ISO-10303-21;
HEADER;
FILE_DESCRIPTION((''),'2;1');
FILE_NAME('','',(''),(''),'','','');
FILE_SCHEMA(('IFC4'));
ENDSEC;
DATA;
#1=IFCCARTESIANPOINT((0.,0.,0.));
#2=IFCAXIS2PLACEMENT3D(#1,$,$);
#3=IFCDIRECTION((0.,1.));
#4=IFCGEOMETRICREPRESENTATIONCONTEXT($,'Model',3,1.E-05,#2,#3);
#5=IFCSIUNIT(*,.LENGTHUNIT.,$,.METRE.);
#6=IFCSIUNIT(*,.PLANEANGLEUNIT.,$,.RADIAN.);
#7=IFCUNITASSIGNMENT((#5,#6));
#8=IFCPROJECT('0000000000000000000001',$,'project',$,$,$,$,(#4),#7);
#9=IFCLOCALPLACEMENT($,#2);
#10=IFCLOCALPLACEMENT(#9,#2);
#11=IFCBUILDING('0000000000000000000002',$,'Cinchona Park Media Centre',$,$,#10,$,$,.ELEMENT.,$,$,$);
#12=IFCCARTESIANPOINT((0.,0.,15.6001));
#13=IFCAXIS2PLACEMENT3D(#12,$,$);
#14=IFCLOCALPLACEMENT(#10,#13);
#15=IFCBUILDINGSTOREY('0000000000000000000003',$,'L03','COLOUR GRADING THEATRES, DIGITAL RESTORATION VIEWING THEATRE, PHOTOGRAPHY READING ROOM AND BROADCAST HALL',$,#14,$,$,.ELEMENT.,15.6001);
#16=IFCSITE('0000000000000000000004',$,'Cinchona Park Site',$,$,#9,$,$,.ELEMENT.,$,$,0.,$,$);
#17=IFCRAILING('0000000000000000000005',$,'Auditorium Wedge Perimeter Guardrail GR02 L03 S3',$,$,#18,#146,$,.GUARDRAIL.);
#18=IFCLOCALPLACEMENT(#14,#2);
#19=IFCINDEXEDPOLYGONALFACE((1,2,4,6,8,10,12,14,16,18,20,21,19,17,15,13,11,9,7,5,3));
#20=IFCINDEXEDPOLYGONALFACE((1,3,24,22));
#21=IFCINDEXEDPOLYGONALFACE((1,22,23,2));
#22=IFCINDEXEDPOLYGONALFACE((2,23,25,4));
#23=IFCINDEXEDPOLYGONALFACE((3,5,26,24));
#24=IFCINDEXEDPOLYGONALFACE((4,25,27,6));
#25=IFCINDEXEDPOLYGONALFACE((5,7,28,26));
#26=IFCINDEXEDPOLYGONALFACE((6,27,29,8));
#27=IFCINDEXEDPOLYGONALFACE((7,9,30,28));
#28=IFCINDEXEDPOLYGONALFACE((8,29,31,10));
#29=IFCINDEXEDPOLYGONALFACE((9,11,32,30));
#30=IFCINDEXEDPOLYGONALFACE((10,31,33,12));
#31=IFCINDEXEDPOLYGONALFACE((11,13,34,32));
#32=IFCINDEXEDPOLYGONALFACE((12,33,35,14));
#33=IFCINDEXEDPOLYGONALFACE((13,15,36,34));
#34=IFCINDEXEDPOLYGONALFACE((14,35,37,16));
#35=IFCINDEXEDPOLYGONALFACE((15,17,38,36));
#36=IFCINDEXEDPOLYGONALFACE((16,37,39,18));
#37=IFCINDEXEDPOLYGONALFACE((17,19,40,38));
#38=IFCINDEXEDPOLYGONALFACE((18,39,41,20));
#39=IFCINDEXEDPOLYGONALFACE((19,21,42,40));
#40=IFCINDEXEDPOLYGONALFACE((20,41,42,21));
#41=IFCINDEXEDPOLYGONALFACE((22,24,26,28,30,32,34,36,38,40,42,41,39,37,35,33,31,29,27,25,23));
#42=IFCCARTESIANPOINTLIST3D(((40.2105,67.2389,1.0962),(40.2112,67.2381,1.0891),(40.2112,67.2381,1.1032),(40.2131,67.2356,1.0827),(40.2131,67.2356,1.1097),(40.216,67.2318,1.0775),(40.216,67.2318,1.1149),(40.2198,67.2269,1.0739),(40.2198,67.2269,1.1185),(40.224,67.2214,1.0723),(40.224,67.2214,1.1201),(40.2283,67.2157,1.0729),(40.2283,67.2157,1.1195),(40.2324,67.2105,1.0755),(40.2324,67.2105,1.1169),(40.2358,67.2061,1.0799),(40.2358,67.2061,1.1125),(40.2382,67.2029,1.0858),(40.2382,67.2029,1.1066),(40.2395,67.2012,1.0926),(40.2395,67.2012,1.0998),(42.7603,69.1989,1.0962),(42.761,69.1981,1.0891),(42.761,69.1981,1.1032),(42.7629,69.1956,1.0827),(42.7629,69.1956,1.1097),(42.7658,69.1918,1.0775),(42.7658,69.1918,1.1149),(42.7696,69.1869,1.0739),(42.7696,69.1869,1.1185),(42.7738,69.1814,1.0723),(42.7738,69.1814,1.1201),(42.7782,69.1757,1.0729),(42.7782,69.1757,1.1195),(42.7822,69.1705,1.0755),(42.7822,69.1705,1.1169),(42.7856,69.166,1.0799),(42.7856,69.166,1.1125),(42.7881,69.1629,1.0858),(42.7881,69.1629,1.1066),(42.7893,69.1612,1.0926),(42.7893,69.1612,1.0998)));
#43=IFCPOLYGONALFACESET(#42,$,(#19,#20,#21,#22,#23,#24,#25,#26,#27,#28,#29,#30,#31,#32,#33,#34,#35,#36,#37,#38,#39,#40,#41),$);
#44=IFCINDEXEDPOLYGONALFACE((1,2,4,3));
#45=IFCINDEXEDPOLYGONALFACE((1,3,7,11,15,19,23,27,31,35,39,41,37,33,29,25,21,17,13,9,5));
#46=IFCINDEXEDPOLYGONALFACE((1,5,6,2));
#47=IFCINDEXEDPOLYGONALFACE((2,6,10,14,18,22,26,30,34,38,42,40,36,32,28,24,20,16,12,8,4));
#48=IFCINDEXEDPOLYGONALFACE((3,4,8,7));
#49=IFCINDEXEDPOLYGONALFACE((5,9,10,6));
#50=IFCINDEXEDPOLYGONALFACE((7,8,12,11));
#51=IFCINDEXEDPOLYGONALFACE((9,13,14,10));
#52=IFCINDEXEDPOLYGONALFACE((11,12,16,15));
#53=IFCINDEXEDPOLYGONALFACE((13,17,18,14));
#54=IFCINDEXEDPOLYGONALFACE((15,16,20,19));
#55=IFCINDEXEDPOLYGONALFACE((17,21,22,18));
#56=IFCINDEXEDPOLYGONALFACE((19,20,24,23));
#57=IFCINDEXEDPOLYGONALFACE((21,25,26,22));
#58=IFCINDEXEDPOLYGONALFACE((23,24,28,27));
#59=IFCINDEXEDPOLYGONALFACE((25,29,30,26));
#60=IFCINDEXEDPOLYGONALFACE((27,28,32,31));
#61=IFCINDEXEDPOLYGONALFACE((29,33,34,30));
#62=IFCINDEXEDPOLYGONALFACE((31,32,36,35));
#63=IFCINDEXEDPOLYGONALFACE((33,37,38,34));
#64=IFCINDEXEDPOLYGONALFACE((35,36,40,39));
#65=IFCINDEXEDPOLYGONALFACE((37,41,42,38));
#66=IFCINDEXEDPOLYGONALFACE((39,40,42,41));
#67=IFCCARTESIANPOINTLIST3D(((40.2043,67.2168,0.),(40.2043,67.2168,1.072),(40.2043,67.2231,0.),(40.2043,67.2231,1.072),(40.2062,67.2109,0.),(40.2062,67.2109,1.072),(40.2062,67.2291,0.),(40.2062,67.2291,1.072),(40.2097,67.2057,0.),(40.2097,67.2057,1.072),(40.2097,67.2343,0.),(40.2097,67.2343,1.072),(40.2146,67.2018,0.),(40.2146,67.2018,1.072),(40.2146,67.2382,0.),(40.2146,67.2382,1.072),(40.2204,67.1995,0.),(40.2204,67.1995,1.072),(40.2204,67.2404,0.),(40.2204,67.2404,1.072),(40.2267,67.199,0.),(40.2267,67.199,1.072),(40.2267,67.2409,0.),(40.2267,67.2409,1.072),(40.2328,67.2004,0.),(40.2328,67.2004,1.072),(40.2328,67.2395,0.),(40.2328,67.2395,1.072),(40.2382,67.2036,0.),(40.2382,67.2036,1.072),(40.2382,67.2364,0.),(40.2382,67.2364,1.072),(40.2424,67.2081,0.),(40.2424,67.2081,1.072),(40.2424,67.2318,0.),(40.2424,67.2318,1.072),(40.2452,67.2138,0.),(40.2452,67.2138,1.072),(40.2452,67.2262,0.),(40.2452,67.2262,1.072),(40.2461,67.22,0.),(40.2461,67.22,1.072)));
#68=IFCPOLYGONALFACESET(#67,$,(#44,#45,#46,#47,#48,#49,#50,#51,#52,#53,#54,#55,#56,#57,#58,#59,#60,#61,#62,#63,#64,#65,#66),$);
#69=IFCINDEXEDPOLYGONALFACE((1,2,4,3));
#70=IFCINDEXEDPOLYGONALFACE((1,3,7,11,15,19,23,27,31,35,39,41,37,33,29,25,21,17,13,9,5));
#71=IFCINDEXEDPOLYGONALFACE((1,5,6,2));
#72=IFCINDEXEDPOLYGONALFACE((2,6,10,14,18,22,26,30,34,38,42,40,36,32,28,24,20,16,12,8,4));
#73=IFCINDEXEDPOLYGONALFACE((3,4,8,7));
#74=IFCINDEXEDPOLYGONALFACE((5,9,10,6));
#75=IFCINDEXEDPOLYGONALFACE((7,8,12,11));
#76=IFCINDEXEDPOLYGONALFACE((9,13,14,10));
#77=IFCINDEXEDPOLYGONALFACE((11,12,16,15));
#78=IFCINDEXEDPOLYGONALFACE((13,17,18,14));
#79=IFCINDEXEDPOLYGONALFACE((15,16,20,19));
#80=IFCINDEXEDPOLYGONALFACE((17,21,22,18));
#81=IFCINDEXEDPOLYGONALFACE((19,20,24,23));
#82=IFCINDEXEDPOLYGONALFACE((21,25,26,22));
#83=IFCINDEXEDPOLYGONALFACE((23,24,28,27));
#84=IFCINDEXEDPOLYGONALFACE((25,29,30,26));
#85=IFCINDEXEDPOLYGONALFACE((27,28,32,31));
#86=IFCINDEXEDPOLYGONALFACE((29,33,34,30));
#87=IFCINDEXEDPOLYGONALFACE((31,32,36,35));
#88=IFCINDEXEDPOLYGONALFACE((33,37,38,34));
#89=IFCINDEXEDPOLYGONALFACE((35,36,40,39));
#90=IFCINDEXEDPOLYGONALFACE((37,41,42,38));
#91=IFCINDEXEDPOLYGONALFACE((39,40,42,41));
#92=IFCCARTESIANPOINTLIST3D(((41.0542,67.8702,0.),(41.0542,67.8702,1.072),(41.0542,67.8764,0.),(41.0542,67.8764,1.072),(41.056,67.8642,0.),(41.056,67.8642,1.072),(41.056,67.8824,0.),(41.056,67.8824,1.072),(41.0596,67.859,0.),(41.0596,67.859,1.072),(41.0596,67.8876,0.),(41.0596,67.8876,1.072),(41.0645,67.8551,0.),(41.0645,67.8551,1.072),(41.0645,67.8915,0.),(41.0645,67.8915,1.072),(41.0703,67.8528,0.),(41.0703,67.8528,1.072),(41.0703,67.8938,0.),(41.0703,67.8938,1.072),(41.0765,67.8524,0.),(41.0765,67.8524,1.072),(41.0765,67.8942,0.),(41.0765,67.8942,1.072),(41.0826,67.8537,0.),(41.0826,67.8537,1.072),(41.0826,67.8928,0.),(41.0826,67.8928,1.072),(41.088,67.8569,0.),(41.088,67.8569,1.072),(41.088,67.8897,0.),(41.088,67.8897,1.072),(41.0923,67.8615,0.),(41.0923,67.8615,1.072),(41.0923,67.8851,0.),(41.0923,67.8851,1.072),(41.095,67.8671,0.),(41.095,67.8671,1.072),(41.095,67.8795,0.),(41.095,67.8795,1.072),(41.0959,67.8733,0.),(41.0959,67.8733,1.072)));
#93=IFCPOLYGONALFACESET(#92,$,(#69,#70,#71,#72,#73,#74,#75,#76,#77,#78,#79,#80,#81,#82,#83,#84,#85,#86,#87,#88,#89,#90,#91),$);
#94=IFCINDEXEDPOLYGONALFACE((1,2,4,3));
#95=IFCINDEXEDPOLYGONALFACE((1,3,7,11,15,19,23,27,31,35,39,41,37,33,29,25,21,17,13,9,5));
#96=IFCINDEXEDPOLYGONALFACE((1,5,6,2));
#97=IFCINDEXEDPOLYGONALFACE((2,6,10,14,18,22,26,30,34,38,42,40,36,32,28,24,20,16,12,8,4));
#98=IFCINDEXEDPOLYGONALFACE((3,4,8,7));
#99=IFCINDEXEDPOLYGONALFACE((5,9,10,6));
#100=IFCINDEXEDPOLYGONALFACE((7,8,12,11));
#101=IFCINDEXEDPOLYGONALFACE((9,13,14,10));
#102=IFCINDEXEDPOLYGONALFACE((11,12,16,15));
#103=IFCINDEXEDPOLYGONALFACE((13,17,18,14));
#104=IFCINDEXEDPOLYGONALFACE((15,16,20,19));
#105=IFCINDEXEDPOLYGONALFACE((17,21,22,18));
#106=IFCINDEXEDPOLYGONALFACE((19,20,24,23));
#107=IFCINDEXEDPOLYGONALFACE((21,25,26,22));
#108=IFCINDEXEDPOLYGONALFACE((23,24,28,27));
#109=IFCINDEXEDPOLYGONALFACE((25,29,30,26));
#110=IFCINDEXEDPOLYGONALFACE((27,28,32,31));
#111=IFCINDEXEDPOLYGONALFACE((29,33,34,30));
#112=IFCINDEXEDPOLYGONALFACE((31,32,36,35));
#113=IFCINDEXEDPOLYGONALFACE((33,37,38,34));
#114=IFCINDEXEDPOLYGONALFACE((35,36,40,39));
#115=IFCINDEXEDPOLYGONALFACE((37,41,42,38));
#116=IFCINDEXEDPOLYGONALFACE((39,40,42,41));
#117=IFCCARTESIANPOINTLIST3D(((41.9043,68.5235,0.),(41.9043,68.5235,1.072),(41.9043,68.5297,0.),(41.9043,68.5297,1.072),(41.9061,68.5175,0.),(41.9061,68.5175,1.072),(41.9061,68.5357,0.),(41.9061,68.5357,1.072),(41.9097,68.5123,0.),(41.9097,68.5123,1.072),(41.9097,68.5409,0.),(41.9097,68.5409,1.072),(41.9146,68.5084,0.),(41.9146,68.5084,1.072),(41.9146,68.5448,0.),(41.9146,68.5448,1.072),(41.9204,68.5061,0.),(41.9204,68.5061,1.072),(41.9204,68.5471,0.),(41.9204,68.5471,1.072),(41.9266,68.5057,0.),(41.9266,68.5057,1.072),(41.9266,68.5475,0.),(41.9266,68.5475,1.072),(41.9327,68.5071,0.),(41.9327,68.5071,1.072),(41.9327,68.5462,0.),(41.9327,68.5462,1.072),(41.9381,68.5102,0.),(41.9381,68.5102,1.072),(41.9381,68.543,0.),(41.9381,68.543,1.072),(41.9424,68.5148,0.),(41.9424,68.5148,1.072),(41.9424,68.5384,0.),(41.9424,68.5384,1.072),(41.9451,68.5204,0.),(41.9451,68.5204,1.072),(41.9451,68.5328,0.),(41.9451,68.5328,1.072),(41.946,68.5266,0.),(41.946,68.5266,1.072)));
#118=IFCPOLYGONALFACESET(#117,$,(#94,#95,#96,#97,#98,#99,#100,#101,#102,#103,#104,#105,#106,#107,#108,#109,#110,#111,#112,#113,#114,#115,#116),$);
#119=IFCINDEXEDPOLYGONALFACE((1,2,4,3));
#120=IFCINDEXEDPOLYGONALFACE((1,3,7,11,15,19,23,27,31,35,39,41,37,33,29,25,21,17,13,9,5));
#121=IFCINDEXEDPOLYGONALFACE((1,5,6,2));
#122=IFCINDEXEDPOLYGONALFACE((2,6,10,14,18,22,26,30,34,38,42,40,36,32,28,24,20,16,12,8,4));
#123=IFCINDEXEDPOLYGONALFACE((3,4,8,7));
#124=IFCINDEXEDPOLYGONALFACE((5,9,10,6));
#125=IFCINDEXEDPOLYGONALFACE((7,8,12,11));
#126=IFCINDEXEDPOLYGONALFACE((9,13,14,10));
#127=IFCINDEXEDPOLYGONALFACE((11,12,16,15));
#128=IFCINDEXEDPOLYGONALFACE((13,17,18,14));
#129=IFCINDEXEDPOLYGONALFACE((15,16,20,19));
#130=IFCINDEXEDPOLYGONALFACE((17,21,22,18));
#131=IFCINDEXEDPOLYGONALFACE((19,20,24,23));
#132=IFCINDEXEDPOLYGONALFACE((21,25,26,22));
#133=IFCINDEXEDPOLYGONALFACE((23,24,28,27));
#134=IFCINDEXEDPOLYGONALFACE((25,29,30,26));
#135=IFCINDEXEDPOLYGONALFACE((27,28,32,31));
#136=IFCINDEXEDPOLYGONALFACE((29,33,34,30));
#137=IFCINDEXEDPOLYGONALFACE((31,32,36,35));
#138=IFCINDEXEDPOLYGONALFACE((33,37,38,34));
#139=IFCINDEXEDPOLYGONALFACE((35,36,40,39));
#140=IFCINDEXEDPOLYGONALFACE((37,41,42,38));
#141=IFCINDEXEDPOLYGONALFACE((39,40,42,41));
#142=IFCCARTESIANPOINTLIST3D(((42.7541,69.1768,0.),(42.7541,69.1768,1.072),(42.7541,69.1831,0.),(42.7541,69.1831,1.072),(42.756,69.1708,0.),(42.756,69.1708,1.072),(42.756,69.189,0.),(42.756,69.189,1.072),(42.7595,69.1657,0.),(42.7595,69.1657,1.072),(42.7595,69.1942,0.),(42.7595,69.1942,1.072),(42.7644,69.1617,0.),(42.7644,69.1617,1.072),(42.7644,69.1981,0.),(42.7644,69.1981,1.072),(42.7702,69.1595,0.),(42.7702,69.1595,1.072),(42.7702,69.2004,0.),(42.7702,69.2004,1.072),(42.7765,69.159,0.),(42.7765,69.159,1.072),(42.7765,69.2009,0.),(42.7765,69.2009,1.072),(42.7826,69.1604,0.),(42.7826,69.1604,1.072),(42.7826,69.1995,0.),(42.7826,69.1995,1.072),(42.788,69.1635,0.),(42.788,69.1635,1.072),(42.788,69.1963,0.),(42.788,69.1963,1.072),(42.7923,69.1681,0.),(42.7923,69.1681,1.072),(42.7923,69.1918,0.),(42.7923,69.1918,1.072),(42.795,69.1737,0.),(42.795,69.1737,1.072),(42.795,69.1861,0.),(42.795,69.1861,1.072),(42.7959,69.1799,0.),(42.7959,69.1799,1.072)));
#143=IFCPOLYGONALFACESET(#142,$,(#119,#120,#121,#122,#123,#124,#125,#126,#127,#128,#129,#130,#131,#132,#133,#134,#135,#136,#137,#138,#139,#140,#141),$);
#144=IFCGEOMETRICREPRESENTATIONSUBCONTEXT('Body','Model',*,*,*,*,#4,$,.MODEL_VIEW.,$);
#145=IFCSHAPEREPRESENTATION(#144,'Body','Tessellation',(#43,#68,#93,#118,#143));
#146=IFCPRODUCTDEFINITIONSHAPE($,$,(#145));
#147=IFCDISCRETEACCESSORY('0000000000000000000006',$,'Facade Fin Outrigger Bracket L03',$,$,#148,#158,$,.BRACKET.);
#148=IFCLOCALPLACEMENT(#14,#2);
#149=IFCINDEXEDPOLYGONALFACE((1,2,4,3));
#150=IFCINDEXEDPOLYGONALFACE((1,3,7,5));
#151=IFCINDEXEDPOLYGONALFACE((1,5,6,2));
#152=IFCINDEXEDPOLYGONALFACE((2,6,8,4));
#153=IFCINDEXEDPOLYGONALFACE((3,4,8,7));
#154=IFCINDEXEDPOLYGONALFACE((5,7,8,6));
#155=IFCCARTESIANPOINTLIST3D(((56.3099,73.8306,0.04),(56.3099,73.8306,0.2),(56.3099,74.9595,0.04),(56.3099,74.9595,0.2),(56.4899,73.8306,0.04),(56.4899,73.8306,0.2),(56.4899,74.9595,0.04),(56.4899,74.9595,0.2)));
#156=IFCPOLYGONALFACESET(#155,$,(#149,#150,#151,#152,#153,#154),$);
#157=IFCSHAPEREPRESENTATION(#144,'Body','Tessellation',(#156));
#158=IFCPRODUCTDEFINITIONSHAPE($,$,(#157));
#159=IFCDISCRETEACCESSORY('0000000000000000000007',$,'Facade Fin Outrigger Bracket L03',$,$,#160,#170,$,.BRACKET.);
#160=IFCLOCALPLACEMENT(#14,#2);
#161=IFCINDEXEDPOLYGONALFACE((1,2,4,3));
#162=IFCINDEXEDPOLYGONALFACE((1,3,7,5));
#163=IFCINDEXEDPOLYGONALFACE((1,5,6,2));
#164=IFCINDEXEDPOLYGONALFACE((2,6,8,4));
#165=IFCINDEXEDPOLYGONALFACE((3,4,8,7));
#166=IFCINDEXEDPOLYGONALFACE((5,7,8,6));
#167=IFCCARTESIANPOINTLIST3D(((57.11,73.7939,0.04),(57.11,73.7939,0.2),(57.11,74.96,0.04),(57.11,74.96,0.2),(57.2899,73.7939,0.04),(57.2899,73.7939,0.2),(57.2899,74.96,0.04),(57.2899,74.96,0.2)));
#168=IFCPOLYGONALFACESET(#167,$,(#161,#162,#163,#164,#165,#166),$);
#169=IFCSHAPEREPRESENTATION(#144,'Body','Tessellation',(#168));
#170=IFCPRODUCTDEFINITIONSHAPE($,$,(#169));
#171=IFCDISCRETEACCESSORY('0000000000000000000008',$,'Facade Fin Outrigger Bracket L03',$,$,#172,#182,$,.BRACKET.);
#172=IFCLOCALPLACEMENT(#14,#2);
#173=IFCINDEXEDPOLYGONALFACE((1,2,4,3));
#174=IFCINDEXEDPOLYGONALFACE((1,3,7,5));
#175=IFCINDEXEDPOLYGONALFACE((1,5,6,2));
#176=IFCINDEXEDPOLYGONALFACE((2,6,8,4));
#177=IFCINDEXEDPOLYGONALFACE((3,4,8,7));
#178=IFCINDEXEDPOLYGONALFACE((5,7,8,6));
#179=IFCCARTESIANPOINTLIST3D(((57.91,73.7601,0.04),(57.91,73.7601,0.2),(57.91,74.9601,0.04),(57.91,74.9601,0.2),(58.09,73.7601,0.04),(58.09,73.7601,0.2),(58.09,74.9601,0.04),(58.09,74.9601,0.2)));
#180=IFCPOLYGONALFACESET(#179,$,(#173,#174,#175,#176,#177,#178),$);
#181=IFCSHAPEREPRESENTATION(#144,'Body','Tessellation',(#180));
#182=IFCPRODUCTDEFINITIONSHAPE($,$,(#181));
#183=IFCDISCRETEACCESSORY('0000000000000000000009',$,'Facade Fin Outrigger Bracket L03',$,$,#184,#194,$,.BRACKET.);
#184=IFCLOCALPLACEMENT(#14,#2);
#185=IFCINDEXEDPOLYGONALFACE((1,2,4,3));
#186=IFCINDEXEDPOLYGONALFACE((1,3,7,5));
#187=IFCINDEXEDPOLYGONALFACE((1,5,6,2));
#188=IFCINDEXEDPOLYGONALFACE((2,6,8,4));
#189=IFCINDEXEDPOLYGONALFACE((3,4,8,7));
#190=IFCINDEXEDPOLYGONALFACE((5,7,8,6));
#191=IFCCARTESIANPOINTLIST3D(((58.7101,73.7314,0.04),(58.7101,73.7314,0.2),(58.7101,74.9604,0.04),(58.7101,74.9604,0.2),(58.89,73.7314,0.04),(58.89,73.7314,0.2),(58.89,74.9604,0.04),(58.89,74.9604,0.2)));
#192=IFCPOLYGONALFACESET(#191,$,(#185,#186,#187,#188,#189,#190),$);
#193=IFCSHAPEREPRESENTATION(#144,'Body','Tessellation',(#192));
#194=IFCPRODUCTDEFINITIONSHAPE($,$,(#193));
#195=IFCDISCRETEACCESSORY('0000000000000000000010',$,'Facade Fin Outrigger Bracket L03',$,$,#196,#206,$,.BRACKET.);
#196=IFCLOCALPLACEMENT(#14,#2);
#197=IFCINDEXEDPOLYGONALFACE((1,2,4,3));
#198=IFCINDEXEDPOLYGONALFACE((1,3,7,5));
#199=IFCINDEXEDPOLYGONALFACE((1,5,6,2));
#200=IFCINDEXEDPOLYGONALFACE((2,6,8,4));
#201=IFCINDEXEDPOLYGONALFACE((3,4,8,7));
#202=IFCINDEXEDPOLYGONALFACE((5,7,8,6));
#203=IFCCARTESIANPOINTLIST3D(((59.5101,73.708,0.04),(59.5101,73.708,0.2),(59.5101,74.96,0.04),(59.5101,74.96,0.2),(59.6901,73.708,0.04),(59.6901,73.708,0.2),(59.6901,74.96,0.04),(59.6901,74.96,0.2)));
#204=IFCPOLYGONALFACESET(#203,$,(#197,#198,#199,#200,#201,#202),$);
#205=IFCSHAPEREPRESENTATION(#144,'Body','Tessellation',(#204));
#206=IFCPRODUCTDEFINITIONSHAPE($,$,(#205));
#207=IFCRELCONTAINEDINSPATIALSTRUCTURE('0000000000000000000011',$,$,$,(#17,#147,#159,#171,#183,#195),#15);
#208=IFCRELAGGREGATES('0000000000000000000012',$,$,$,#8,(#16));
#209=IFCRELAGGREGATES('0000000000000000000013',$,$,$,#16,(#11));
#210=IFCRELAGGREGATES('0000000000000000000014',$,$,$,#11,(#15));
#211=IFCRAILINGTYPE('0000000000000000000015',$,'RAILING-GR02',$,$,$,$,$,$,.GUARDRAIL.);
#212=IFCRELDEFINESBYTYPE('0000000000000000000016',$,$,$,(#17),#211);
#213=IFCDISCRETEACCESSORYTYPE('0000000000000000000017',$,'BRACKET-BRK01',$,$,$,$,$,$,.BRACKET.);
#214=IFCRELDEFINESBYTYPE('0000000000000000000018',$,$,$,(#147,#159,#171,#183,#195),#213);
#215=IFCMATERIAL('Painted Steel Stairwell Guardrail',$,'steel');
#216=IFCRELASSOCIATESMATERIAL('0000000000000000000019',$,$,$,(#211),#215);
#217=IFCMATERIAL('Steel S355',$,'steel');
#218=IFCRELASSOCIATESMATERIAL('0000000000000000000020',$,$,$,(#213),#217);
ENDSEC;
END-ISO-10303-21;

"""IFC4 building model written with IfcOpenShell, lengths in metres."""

from ifc_helpers import new_model, si_unit, direction, frame, origin, origin_2d, place, context, subcontext, project, spatial, rectangle, circle, extrude, material, type_object, element, save


model = new_model("IFC4")

# Units and contexts
model_context = context("Model", 3, precision=1e-05, world=origin(), true_north=direction((0.0, 1.0)))
body_context = subcontext(model_context, "Body", "Model", "MODEL_VIEW")
ifc_project = project(units=[si_unit("LENGTHUNIT", "METRE"), si_unit("PLANEANGLEUNIT", "RADIAN")], contexts=[model_context])

# Site, building, storey
site_placement = place(None, origin())
site = spatial("IfcSite", under=ifc_project, at=site_placement, Name="Cinchona Park Site", CompositionType="ELEMENT", RefElevation=0.0)
building_placement = place(site_placement, origin())
building = spatial("IfcBuilding", under=site, at=building_placement, Name="Cinchona Park Media Centre", CompositionType="ELEMENT")
storey_placement = place(building_placement, frame((0.0, 0.0, 15.6001)))
storey = spatial("IfcBuildingStorey", under=building, at=storey_placement, Name="L03", Description="COLOUR GRADING THEATRES, DIGITAL RESTORATION VIEWING THEATRE, PHOTOGRAPHY READING ROOM AND BROADCAST HALL", CompositionType="ELEMENT", Elevation=15.6001)

# Railing
ifc_material_1 = material(Name="Painted Steel Stairwell Guardrail", Category="steel")
railing_type_1 = type_object("IfcRailingType", Name="RAILING-GR02", PredefinedType="GUARDRAIL", material=ifc_material_1)
railing_1_placement = place(storey_placement, frame((40.2251, 67.22, 0.0)))
element("IfcRailing", 1, at=railing_1_placement, inside=storey, type_object=railing_type_1, Name="Auditorium Wedge Perimeter Guardrail GR02 L03 S3", PredefinedType="GUARDRAIL", context=body_context, shape_type="SweptSolid", body=[
    extrude(circle(Radius=0.0239, at=origin_2d()), frame((0.0, 0.0, 1.0962), z_axis=(0.792838, 0.609432, 0.0), x_axis=(-0.609432, 0.792838, 0.0)), (0.0, 0.0, 1.0), 3.2161),
    extrude(circle(Radius=0.021, at=origin_2d()), origin(), (0.0, 0.0, 1.0), 1.072),
    extrude(circle(Radius=0.021, at=origin_2d()), frame((0.8499, 0.6533, 0.0)), (0.0, 0.0, 1.0), 1.072),
    extrude(circle(Radius=0.021, at=origin_2d()), frame((1.7, 1.3066, 0.0)), (0.0, 0.0, 1.0), 1.072),
    extrude(circle(Radius=0.021, at=origin_2d()), frame((2.5498, 1.96, 0.0)), (0.0, 0.0, 1.0), 1.072),
])

# Discrete accessories
ifc_material_2 = material(Name="Steel S355", Category="steel")
discrete_accessory_type = type_object("IfcDiscreteAccessoryType", Name="BRACKET-BRK01", PredefinedType="BRACKET", material=ifc_material_2)
discrete_accessory_1_placement = place(storey_placement, frame((56.3999, 74.395, 0.04), z_axis=(0.0, 0.0, 1.0), x_axis=(1.0, 0.0, 0.0)))
element("IfcDiscreteAccessory", 2, at=discrete_accessory_1_placement, inside=storey, type_object=discrete_accessory_type, Name="Facade Fin Outrigger Bracket L03", PredefinedType="BRACKET", context=body_context, shape_type="SweptSolid", body=[
    extrude(rectangle(XDim=0.1799, YDim=1.1289, at=origin_2d()), origin(), (0.0, 0.0, 1.0), 0.1599),
])
discrete_accessory_2_placement = place(storey_placement, frame((57.2, 74.377, 0.04), z_axis=(0.0, 0.0, 1.0), x_axis=(1.0, 0.0, 0.0)))
element("IfcDiscreteAccessory", 3, at=discrete_accessory_2_placement, inside=storey, type_object=discrete_accessory_type, Name="Facade Fin Outrigger Bracket L03", PredefinedType="BRACKET", context=body_context, shape_type="SweptSolid", body=[
    extrude(rectangle(XDim=0.1799, YDim=1.166, at=origin_2d()), origin(), (0.0, 0.0, 1.0), 0.1599),
])
discrete_accessory_3_placement = place(storey_placement, frame((58.0, 74.3601, 0.04), z_axis=(0.0, 0.0, 1.0), x_axis=(1.0, 0.0, 0.0)))
element("IfcDiscreteAccessory", 4, at=discrete_accessory_3_placement, inside=storey, type_object=discrete_accessory_type, Name="Facade Fin Outrigger Bracket L03", PredefinedType="BRACKET", context=body_context, shape_type="SweptSolid", body=[
    extrude(rectangle(XDim=0.1799, YDim=1.2, at=origin_2d()), origin(), (0.0, 0.0, 1.0), 0.1599),
])
discrete_accessory_4_placement = place(storey_placement, frame((58.8, 74.3459, 0.04), z_axis=(0.0, 0.0, 1.0), x_axis=(1.0, 0.0, 0.0)))
element("IfcDiscreteAccessory", 5, at=discrete_accessory_4_placement, inside=storey, type_object=discrete_accessory_type, Name="Facade Fin Outrigger Bracket L03", PredefinedType="BRACKET", context=body_context, shape_type="SweptSolid", body=[
    extrude(rectangle(XDim=0.1799, YDim=1.229, at=origin_2d()), origin(), (0.0, 0.0, 1.0), 0.1599),
])
discrete_accessory_5_placement = place(storey_placement, frame((59.6001, 74.334, 0.04), z_axis=(0.0, 0.0, 1.0), x_axis=(1.0, 0.0, 0.0)))
element("IfcDiscreteAccessory", 6, at=discrete_accessory_5_placement, inside=storey, type_object=discrete_accessory_type, Name="Facade Fin Outrigger Bracket L03", PredefinedType="BRACKET", context=body_context, shape_type="SweptSolid", body=[
    extrude(rectangle(XDim=0.1799, YDim=1.252, at=origin_2d()), origin(), (0.0, 0.0, 1.0), 0.1599),
])

save(model, "model.ifc")
